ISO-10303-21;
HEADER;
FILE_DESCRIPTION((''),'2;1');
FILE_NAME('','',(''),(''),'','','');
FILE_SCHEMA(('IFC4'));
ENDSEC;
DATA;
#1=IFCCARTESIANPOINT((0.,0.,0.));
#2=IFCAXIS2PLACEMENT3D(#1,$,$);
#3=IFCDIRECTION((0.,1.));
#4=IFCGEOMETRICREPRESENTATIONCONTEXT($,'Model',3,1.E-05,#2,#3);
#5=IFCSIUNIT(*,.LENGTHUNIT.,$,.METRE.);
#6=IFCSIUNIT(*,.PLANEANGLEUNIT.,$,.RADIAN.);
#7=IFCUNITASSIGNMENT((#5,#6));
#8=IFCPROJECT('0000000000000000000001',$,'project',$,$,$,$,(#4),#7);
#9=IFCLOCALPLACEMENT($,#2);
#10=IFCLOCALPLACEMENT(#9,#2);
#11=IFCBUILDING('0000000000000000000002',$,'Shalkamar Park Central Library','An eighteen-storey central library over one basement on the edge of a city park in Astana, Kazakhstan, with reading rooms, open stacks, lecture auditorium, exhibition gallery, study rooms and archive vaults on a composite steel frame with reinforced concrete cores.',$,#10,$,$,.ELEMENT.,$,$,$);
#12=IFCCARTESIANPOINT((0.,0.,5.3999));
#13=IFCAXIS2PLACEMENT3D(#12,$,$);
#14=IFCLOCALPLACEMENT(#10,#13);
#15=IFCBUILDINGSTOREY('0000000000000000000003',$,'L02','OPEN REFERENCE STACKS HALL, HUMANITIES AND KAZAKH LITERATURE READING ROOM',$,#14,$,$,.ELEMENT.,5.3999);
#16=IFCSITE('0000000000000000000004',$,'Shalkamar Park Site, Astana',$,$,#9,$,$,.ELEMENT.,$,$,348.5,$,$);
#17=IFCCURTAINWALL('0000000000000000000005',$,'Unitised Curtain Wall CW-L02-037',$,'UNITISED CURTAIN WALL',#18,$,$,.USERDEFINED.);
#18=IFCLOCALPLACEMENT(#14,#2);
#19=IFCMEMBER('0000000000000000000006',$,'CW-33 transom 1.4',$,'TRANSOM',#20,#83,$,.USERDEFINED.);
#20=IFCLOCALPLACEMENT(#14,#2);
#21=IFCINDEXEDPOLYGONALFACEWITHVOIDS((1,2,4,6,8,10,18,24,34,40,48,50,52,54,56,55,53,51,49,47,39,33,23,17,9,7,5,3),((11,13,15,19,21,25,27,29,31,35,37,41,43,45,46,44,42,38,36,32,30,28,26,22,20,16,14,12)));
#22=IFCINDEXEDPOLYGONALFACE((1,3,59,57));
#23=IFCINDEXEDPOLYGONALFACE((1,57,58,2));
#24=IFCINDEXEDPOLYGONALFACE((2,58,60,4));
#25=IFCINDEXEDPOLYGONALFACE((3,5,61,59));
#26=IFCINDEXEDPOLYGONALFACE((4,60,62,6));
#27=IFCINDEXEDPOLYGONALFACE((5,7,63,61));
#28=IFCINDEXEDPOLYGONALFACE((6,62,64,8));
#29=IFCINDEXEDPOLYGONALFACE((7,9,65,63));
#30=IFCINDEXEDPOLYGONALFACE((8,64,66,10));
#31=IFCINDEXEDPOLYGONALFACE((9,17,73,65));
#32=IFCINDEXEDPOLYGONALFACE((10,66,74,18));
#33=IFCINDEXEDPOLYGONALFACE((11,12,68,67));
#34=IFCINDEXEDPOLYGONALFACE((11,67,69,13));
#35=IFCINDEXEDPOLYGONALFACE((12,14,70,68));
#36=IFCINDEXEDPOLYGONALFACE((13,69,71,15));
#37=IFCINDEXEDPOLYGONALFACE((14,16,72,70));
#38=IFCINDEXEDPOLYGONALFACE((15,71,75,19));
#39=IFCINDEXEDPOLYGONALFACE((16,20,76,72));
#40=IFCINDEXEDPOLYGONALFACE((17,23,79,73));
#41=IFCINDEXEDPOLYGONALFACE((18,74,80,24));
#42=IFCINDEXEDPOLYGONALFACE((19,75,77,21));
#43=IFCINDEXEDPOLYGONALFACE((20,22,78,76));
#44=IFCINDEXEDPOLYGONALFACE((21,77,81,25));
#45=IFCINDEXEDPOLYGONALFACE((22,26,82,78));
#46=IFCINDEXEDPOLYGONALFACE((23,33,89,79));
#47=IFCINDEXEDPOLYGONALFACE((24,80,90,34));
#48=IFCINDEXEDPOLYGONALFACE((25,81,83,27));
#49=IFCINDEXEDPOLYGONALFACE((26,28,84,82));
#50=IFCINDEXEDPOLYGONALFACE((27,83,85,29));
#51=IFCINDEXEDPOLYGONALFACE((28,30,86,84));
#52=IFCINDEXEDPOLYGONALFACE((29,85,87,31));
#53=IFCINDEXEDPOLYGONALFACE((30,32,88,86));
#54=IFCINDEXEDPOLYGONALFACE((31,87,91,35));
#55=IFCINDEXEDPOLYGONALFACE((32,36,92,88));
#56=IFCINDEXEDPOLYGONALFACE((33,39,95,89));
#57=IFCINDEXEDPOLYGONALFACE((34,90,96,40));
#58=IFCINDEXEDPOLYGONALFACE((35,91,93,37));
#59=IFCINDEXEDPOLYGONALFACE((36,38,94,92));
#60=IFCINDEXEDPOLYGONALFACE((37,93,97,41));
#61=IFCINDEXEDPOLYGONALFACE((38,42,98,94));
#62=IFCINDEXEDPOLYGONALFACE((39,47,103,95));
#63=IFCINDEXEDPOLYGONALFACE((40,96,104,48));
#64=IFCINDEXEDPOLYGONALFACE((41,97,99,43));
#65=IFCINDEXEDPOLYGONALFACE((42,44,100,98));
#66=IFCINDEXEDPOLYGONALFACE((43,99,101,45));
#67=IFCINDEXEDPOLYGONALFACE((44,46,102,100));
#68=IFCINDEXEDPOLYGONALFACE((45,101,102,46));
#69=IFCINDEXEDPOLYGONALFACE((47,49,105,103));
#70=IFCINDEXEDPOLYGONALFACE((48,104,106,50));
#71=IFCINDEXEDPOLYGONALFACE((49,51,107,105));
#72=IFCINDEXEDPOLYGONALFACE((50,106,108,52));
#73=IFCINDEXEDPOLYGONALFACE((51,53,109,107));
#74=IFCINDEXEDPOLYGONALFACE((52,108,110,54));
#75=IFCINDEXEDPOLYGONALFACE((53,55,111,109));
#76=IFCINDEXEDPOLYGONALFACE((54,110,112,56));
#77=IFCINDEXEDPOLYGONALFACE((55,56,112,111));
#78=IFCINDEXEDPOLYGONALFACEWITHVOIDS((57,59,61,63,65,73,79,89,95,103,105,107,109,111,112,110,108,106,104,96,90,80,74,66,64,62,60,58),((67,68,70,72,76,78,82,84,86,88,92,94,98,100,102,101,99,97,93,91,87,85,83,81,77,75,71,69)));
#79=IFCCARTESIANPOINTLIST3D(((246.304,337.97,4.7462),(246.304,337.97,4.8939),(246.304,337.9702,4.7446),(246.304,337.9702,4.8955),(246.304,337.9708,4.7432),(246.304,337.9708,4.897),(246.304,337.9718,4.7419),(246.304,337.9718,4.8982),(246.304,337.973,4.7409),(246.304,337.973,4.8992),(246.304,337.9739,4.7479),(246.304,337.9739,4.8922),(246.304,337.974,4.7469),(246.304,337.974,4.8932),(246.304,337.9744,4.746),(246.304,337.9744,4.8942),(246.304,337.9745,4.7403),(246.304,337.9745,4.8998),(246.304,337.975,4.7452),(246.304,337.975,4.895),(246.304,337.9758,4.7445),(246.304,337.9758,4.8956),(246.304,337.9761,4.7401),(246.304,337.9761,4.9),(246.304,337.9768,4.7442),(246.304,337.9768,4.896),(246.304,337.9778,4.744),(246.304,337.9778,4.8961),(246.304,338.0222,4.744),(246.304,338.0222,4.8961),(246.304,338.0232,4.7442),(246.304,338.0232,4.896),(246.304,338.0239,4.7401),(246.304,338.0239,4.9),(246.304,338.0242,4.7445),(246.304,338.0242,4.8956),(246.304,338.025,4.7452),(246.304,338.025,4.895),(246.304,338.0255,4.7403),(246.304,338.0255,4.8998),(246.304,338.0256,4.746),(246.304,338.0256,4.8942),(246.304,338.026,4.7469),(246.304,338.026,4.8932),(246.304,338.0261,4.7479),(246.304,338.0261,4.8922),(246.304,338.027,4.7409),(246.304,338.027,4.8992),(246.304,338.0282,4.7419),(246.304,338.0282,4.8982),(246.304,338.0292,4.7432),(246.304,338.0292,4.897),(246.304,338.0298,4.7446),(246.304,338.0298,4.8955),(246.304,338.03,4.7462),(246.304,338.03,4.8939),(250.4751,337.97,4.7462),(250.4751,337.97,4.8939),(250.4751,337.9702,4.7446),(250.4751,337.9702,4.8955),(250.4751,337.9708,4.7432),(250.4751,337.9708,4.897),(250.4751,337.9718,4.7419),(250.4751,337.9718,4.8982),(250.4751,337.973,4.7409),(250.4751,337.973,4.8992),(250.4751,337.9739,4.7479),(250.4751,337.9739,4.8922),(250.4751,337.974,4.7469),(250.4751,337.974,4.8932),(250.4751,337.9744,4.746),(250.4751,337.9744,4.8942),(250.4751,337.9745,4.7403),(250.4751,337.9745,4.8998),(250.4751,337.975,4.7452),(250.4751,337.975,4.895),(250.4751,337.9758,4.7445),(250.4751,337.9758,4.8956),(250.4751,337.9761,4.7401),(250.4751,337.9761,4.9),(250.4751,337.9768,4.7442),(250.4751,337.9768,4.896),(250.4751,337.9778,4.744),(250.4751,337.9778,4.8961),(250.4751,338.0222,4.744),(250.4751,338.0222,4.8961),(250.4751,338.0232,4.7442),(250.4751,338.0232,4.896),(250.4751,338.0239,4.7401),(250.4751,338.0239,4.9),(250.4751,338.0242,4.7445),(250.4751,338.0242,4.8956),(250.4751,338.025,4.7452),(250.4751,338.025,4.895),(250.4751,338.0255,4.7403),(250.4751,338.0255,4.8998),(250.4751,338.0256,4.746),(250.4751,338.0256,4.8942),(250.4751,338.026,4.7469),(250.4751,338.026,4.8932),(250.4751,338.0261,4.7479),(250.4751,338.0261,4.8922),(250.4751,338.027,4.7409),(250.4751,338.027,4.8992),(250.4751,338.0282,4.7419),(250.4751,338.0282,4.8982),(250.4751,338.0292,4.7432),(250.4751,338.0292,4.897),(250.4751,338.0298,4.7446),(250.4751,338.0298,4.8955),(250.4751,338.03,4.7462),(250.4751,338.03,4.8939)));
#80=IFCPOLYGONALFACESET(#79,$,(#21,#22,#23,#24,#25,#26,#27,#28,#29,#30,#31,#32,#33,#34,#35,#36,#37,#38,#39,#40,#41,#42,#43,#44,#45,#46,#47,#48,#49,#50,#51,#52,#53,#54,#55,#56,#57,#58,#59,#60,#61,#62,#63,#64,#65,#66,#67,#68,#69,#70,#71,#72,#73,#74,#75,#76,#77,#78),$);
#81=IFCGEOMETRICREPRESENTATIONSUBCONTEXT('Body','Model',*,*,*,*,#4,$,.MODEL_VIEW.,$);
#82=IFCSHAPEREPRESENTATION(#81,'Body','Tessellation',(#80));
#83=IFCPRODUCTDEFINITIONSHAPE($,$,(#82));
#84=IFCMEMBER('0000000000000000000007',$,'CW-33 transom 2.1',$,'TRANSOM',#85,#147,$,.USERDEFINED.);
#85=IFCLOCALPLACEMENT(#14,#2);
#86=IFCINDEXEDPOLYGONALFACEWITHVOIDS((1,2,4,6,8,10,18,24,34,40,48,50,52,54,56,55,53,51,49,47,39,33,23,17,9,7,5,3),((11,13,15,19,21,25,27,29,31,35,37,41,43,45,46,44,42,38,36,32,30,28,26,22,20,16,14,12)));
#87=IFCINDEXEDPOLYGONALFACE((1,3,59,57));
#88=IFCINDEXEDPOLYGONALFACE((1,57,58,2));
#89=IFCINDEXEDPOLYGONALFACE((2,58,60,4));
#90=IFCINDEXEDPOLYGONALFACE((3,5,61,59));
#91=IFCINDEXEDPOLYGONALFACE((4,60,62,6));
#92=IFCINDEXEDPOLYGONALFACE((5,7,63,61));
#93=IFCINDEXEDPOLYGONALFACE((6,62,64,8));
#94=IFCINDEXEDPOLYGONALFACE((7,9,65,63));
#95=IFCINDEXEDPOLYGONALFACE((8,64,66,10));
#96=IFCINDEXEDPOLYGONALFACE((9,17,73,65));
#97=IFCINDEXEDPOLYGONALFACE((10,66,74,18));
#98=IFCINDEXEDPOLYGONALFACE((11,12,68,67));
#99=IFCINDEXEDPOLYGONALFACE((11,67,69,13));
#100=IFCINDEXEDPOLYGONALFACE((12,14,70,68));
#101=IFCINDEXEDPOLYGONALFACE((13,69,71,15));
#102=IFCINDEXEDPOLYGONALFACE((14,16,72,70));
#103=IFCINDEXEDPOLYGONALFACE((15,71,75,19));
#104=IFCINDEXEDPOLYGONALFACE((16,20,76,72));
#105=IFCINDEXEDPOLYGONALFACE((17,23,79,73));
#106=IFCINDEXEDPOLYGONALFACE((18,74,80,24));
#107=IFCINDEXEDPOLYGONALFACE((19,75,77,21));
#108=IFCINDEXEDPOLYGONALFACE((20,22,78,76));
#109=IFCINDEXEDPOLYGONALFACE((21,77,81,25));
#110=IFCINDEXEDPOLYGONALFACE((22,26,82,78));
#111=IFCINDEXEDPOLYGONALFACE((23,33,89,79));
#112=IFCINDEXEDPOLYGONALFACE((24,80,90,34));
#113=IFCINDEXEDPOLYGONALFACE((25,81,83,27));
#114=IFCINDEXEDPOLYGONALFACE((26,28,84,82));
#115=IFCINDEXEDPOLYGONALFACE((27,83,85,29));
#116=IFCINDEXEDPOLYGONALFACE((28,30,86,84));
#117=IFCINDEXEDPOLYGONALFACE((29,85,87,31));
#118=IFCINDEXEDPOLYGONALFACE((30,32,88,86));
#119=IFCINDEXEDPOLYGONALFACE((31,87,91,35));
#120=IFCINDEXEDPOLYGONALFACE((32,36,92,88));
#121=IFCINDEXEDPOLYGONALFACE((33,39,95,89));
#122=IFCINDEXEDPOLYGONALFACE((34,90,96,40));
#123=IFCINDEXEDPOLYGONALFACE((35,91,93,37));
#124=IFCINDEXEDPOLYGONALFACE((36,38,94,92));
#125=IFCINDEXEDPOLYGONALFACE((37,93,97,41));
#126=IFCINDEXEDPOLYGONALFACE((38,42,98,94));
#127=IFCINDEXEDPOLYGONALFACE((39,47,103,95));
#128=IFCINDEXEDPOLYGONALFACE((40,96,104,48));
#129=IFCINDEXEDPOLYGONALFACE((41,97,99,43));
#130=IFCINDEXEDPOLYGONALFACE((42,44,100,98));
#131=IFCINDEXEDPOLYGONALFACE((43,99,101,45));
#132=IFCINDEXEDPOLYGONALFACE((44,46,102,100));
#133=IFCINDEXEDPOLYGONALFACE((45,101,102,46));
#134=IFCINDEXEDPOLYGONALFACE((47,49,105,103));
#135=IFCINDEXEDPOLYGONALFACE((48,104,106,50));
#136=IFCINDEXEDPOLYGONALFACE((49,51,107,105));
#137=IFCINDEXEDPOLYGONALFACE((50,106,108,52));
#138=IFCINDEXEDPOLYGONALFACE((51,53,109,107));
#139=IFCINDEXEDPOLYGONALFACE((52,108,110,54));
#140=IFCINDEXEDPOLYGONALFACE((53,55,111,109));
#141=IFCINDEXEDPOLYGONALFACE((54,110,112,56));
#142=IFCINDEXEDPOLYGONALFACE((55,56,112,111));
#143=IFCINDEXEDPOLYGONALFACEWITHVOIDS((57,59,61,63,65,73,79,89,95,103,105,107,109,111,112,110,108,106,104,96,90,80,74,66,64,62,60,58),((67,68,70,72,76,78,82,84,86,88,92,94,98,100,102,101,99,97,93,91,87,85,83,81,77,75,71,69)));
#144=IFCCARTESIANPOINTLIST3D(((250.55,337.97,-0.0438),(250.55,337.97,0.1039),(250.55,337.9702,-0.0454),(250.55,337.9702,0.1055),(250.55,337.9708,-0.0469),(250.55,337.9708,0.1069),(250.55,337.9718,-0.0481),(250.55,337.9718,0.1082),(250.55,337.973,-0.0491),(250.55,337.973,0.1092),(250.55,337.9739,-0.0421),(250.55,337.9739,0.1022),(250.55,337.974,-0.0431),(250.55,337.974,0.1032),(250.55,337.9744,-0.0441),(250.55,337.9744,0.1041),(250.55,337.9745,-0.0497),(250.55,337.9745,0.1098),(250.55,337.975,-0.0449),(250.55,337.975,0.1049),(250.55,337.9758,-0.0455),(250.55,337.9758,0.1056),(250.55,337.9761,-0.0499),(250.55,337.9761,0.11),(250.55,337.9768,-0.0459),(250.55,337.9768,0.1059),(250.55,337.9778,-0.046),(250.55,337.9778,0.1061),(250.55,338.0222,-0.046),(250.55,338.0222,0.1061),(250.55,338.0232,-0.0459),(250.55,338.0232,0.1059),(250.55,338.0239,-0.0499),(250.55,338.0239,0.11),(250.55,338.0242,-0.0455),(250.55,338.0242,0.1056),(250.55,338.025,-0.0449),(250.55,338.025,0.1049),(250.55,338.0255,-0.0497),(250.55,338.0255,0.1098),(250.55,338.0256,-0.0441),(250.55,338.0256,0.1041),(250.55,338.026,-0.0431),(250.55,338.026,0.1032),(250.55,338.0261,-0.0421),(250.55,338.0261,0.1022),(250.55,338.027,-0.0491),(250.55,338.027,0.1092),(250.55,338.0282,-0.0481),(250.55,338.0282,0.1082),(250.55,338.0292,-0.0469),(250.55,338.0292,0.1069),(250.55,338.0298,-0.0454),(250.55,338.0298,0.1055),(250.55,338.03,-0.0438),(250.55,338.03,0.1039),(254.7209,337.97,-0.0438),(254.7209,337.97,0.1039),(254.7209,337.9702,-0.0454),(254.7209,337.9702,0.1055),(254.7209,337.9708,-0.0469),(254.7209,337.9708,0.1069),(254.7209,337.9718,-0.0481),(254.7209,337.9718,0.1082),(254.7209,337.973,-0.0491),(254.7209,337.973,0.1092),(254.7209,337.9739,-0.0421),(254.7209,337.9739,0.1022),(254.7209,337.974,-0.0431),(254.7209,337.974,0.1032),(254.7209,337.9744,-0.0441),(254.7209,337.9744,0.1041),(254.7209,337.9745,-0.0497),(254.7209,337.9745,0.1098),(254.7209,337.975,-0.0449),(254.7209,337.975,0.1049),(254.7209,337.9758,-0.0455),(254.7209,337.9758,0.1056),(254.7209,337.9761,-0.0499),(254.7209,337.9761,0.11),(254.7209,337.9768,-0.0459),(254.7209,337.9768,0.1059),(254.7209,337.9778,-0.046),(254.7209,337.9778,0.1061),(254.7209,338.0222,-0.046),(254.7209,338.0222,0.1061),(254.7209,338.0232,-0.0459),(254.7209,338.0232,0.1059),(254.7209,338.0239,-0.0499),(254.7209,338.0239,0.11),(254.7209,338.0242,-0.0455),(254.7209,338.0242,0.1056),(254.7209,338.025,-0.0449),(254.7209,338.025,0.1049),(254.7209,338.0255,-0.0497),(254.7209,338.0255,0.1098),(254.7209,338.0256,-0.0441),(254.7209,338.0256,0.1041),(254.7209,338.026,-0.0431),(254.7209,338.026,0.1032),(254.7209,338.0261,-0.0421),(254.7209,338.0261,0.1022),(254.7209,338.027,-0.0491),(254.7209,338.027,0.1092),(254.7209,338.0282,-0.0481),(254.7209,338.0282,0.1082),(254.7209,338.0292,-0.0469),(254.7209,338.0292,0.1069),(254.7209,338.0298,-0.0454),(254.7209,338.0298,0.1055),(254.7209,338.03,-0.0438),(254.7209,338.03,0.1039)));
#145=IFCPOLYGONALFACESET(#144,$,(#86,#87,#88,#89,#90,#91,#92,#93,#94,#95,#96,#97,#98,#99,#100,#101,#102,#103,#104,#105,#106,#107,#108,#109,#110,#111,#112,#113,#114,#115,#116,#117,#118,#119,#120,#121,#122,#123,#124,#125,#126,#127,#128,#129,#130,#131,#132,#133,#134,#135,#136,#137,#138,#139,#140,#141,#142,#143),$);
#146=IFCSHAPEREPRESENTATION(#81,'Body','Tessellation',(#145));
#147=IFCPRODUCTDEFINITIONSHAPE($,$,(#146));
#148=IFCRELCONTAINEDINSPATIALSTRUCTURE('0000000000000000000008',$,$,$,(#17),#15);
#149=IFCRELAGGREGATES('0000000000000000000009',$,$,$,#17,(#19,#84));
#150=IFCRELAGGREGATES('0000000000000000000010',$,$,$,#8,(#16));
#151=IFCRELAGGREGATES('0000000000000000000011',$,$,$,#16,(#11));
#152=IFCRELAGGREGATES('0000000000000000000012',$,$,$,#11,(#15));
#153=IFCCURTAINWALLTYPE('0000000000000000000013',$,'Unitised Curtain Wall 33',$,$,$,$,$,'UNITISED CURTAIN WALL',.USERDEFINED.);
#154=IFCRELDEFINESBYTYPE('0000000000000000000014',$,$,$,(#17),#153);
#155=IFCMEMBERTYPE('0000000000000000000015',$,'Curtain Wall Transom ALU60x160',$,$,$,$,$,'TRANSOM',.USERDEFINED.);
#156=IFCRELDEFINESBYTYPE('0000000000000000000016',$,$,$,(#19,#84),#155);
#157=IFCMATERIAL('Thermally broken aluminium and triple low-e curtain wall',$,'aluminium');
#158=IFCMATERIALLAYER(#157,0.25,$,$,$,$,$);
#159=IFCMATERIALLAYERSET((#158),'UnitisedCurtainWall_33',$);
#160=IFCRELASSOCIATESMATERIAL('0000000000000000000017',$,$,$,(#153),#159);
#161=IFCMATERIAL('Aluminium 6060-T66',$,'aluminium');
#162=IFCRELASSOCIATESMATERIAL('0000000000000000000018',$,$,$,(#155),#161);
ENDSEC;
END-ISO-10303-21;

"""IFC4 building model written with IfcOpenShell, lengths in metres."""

from ifc_helpers import new_model, si_unit, direction, frame, origin, origin_2d, place, context, subcontext, project, spatial, hollow_rectangle, extrude, material, layer, layer_set, material_profile, profile_set, type_object, element, aggregate, save


model = new_model("IFC4")

# Units and contexts
model_context = context("Model", 3, precision=1e-05, world=origin(), true_north=direction((0.0, 1.0)))
body_context = subcontext(model_context, "Body", "Model", "MODEL_VIEW")
ifc_project = project(units=[si_unit("LENGTHUNIT", "METRE"), si_unit("PLANEANGLEUNIT", "RADIAN")], contexts=[model_context])

# Site, building, storey
site_placement = place(None, origin())
site = spatial("IfcSite", under=ifc_project, at=site_placement, Name="Shalkamar Park Site, Astana", CompositionType="ELEMENT", RefElevation=348.5)
building_placement = place(site_placement, origin())
building = spatial("IfcBuilding", under=site, at=building_placement, Name="Shalkamar Park Central Library", Description="An eighteen-storey central library over one basement on the edge of a city park in Astana, Kazakhstan, with reading rooms, open stacks, lecture auditorium, exhibition gallery, study rooms and archive vaults on a composite steel frame with reinforced concrete cores.", CompositionType="ELEMENT")
storey_placement = place(building_placement, frame((0.0, 0.0, 5.3999)))
storey = spatial("IfcBuildingStorey", under=building, at=storey_placement, Name="L02", Description="OPEN REFERENCE STACKS HALL, HUMANITIES AND KAZAKH LITERATURE READING ROOM", CompositionType="ELEMENT", Elevation=5.3999)

# Curtain wall
ifc_material_1 = material(Name="Thermally broken aluminium and triple low-e curtain wall", Category="aluminium")
ifc_layer_1 = layer(ifc_material_1, 0.25)
ifc_layer_set_1 = layer_set([ifc_layer_1], Name="UnitisedCurtainWall_33")
curtain_wall_type_1 = type_object("IfcCurtainWallType", Name="Unitised Curtain Wall 33", ElementType="UNITISED CURTAIN WALL", PredefinedType="USERDEFINED", material=ifc_layer_set_1)
curtain_wall_1_placement = place(storey_placement, origin())
curtain_wall_1 = element("IfcCurtainWall", 1, at=curtain_wall_1_placement, inside=storey, type_object=curtain_wall_type_1, Name="Unitised Curtain Wall CW-L02-037", ObjectType="UNITISED CURTAIN WALL", PredefinedType="USERDEFINED")
ifc_material_2 = material(Name="Aluminium 6060-T66", Category="aluminium")

# Members
ifc_material_profile_1 = material_profile(ifc_material_2, hollow_rectangle(XDim=0.0601, YDim=0.1599, WallThickness=0.0039, InnerFilletRadius=0.0039, OuterFilletRadius=0.0061, at=origin_2d()), Name="ALU 60x160x4")
ifc_profile_set_1 = profile_set([ifc_material_profile_1], Name="Aluminium 6060-T66")
member_type_1 = type_object("IfcMemberType", Name="Curtain Wall Transom ALU60x160", ElementType="TRANSOM", PredefinedType="USERDEFINED", material=ifc_profile_set_1)
member_1_placement = place(storey_placement, frame((246.304, 338.0, 4.8201), z_axis=(1.0, 0.0, 0.0), x_axis=(0.0, 1.0, 0.0)))
member_1 = element("IfcMember", 2, at=member_1_placement, type_object=member_type_1, Name="CW-33 transom 1.4", ObjectType="TRANSOM", PredefinedType="USERDEFINED", context=body_context, shape_type="SweptSolid", body=[
    extrude(hollow_rectangle(XDim=0.0601, YDim=0.1599, WallThickness=0.0039, InnerFilletRadius=0.0039, OuterFilletRadius=0.0061, at=origin_2d()), origin(), (0.0, 0.0, 1.0), 4.1711),
])
member_2_placement = place(storey_placement, frame((250.55, 338.0, 0.03), z_axis=(1.0, 0.0, 0.0), x_axis=(0.0, 1.0, 0.0)))
member_2 = element("IfcMember", 3, at=member_2_placement, type_object=member_type_1, Name="CW-33 transom 2.1", ObjectType="TRANSOM", PredefinedType="USERDEFINED", context=body_context, shape_type="SweptSolid", body=[
    extrude(hollow_rectangle(XDim=0.0601, YDim=0.1599, WallThickness=0.0039, InnerFilletRadius=0.0039, OuterFilletRadius=0.0061, at=origin_2d()), origin(), (0.0, 0.0, 1.0), 4.1709),
])

aggregate(curtain_wall_1, [member_1, member_2])

save(model, "model.ifc")
